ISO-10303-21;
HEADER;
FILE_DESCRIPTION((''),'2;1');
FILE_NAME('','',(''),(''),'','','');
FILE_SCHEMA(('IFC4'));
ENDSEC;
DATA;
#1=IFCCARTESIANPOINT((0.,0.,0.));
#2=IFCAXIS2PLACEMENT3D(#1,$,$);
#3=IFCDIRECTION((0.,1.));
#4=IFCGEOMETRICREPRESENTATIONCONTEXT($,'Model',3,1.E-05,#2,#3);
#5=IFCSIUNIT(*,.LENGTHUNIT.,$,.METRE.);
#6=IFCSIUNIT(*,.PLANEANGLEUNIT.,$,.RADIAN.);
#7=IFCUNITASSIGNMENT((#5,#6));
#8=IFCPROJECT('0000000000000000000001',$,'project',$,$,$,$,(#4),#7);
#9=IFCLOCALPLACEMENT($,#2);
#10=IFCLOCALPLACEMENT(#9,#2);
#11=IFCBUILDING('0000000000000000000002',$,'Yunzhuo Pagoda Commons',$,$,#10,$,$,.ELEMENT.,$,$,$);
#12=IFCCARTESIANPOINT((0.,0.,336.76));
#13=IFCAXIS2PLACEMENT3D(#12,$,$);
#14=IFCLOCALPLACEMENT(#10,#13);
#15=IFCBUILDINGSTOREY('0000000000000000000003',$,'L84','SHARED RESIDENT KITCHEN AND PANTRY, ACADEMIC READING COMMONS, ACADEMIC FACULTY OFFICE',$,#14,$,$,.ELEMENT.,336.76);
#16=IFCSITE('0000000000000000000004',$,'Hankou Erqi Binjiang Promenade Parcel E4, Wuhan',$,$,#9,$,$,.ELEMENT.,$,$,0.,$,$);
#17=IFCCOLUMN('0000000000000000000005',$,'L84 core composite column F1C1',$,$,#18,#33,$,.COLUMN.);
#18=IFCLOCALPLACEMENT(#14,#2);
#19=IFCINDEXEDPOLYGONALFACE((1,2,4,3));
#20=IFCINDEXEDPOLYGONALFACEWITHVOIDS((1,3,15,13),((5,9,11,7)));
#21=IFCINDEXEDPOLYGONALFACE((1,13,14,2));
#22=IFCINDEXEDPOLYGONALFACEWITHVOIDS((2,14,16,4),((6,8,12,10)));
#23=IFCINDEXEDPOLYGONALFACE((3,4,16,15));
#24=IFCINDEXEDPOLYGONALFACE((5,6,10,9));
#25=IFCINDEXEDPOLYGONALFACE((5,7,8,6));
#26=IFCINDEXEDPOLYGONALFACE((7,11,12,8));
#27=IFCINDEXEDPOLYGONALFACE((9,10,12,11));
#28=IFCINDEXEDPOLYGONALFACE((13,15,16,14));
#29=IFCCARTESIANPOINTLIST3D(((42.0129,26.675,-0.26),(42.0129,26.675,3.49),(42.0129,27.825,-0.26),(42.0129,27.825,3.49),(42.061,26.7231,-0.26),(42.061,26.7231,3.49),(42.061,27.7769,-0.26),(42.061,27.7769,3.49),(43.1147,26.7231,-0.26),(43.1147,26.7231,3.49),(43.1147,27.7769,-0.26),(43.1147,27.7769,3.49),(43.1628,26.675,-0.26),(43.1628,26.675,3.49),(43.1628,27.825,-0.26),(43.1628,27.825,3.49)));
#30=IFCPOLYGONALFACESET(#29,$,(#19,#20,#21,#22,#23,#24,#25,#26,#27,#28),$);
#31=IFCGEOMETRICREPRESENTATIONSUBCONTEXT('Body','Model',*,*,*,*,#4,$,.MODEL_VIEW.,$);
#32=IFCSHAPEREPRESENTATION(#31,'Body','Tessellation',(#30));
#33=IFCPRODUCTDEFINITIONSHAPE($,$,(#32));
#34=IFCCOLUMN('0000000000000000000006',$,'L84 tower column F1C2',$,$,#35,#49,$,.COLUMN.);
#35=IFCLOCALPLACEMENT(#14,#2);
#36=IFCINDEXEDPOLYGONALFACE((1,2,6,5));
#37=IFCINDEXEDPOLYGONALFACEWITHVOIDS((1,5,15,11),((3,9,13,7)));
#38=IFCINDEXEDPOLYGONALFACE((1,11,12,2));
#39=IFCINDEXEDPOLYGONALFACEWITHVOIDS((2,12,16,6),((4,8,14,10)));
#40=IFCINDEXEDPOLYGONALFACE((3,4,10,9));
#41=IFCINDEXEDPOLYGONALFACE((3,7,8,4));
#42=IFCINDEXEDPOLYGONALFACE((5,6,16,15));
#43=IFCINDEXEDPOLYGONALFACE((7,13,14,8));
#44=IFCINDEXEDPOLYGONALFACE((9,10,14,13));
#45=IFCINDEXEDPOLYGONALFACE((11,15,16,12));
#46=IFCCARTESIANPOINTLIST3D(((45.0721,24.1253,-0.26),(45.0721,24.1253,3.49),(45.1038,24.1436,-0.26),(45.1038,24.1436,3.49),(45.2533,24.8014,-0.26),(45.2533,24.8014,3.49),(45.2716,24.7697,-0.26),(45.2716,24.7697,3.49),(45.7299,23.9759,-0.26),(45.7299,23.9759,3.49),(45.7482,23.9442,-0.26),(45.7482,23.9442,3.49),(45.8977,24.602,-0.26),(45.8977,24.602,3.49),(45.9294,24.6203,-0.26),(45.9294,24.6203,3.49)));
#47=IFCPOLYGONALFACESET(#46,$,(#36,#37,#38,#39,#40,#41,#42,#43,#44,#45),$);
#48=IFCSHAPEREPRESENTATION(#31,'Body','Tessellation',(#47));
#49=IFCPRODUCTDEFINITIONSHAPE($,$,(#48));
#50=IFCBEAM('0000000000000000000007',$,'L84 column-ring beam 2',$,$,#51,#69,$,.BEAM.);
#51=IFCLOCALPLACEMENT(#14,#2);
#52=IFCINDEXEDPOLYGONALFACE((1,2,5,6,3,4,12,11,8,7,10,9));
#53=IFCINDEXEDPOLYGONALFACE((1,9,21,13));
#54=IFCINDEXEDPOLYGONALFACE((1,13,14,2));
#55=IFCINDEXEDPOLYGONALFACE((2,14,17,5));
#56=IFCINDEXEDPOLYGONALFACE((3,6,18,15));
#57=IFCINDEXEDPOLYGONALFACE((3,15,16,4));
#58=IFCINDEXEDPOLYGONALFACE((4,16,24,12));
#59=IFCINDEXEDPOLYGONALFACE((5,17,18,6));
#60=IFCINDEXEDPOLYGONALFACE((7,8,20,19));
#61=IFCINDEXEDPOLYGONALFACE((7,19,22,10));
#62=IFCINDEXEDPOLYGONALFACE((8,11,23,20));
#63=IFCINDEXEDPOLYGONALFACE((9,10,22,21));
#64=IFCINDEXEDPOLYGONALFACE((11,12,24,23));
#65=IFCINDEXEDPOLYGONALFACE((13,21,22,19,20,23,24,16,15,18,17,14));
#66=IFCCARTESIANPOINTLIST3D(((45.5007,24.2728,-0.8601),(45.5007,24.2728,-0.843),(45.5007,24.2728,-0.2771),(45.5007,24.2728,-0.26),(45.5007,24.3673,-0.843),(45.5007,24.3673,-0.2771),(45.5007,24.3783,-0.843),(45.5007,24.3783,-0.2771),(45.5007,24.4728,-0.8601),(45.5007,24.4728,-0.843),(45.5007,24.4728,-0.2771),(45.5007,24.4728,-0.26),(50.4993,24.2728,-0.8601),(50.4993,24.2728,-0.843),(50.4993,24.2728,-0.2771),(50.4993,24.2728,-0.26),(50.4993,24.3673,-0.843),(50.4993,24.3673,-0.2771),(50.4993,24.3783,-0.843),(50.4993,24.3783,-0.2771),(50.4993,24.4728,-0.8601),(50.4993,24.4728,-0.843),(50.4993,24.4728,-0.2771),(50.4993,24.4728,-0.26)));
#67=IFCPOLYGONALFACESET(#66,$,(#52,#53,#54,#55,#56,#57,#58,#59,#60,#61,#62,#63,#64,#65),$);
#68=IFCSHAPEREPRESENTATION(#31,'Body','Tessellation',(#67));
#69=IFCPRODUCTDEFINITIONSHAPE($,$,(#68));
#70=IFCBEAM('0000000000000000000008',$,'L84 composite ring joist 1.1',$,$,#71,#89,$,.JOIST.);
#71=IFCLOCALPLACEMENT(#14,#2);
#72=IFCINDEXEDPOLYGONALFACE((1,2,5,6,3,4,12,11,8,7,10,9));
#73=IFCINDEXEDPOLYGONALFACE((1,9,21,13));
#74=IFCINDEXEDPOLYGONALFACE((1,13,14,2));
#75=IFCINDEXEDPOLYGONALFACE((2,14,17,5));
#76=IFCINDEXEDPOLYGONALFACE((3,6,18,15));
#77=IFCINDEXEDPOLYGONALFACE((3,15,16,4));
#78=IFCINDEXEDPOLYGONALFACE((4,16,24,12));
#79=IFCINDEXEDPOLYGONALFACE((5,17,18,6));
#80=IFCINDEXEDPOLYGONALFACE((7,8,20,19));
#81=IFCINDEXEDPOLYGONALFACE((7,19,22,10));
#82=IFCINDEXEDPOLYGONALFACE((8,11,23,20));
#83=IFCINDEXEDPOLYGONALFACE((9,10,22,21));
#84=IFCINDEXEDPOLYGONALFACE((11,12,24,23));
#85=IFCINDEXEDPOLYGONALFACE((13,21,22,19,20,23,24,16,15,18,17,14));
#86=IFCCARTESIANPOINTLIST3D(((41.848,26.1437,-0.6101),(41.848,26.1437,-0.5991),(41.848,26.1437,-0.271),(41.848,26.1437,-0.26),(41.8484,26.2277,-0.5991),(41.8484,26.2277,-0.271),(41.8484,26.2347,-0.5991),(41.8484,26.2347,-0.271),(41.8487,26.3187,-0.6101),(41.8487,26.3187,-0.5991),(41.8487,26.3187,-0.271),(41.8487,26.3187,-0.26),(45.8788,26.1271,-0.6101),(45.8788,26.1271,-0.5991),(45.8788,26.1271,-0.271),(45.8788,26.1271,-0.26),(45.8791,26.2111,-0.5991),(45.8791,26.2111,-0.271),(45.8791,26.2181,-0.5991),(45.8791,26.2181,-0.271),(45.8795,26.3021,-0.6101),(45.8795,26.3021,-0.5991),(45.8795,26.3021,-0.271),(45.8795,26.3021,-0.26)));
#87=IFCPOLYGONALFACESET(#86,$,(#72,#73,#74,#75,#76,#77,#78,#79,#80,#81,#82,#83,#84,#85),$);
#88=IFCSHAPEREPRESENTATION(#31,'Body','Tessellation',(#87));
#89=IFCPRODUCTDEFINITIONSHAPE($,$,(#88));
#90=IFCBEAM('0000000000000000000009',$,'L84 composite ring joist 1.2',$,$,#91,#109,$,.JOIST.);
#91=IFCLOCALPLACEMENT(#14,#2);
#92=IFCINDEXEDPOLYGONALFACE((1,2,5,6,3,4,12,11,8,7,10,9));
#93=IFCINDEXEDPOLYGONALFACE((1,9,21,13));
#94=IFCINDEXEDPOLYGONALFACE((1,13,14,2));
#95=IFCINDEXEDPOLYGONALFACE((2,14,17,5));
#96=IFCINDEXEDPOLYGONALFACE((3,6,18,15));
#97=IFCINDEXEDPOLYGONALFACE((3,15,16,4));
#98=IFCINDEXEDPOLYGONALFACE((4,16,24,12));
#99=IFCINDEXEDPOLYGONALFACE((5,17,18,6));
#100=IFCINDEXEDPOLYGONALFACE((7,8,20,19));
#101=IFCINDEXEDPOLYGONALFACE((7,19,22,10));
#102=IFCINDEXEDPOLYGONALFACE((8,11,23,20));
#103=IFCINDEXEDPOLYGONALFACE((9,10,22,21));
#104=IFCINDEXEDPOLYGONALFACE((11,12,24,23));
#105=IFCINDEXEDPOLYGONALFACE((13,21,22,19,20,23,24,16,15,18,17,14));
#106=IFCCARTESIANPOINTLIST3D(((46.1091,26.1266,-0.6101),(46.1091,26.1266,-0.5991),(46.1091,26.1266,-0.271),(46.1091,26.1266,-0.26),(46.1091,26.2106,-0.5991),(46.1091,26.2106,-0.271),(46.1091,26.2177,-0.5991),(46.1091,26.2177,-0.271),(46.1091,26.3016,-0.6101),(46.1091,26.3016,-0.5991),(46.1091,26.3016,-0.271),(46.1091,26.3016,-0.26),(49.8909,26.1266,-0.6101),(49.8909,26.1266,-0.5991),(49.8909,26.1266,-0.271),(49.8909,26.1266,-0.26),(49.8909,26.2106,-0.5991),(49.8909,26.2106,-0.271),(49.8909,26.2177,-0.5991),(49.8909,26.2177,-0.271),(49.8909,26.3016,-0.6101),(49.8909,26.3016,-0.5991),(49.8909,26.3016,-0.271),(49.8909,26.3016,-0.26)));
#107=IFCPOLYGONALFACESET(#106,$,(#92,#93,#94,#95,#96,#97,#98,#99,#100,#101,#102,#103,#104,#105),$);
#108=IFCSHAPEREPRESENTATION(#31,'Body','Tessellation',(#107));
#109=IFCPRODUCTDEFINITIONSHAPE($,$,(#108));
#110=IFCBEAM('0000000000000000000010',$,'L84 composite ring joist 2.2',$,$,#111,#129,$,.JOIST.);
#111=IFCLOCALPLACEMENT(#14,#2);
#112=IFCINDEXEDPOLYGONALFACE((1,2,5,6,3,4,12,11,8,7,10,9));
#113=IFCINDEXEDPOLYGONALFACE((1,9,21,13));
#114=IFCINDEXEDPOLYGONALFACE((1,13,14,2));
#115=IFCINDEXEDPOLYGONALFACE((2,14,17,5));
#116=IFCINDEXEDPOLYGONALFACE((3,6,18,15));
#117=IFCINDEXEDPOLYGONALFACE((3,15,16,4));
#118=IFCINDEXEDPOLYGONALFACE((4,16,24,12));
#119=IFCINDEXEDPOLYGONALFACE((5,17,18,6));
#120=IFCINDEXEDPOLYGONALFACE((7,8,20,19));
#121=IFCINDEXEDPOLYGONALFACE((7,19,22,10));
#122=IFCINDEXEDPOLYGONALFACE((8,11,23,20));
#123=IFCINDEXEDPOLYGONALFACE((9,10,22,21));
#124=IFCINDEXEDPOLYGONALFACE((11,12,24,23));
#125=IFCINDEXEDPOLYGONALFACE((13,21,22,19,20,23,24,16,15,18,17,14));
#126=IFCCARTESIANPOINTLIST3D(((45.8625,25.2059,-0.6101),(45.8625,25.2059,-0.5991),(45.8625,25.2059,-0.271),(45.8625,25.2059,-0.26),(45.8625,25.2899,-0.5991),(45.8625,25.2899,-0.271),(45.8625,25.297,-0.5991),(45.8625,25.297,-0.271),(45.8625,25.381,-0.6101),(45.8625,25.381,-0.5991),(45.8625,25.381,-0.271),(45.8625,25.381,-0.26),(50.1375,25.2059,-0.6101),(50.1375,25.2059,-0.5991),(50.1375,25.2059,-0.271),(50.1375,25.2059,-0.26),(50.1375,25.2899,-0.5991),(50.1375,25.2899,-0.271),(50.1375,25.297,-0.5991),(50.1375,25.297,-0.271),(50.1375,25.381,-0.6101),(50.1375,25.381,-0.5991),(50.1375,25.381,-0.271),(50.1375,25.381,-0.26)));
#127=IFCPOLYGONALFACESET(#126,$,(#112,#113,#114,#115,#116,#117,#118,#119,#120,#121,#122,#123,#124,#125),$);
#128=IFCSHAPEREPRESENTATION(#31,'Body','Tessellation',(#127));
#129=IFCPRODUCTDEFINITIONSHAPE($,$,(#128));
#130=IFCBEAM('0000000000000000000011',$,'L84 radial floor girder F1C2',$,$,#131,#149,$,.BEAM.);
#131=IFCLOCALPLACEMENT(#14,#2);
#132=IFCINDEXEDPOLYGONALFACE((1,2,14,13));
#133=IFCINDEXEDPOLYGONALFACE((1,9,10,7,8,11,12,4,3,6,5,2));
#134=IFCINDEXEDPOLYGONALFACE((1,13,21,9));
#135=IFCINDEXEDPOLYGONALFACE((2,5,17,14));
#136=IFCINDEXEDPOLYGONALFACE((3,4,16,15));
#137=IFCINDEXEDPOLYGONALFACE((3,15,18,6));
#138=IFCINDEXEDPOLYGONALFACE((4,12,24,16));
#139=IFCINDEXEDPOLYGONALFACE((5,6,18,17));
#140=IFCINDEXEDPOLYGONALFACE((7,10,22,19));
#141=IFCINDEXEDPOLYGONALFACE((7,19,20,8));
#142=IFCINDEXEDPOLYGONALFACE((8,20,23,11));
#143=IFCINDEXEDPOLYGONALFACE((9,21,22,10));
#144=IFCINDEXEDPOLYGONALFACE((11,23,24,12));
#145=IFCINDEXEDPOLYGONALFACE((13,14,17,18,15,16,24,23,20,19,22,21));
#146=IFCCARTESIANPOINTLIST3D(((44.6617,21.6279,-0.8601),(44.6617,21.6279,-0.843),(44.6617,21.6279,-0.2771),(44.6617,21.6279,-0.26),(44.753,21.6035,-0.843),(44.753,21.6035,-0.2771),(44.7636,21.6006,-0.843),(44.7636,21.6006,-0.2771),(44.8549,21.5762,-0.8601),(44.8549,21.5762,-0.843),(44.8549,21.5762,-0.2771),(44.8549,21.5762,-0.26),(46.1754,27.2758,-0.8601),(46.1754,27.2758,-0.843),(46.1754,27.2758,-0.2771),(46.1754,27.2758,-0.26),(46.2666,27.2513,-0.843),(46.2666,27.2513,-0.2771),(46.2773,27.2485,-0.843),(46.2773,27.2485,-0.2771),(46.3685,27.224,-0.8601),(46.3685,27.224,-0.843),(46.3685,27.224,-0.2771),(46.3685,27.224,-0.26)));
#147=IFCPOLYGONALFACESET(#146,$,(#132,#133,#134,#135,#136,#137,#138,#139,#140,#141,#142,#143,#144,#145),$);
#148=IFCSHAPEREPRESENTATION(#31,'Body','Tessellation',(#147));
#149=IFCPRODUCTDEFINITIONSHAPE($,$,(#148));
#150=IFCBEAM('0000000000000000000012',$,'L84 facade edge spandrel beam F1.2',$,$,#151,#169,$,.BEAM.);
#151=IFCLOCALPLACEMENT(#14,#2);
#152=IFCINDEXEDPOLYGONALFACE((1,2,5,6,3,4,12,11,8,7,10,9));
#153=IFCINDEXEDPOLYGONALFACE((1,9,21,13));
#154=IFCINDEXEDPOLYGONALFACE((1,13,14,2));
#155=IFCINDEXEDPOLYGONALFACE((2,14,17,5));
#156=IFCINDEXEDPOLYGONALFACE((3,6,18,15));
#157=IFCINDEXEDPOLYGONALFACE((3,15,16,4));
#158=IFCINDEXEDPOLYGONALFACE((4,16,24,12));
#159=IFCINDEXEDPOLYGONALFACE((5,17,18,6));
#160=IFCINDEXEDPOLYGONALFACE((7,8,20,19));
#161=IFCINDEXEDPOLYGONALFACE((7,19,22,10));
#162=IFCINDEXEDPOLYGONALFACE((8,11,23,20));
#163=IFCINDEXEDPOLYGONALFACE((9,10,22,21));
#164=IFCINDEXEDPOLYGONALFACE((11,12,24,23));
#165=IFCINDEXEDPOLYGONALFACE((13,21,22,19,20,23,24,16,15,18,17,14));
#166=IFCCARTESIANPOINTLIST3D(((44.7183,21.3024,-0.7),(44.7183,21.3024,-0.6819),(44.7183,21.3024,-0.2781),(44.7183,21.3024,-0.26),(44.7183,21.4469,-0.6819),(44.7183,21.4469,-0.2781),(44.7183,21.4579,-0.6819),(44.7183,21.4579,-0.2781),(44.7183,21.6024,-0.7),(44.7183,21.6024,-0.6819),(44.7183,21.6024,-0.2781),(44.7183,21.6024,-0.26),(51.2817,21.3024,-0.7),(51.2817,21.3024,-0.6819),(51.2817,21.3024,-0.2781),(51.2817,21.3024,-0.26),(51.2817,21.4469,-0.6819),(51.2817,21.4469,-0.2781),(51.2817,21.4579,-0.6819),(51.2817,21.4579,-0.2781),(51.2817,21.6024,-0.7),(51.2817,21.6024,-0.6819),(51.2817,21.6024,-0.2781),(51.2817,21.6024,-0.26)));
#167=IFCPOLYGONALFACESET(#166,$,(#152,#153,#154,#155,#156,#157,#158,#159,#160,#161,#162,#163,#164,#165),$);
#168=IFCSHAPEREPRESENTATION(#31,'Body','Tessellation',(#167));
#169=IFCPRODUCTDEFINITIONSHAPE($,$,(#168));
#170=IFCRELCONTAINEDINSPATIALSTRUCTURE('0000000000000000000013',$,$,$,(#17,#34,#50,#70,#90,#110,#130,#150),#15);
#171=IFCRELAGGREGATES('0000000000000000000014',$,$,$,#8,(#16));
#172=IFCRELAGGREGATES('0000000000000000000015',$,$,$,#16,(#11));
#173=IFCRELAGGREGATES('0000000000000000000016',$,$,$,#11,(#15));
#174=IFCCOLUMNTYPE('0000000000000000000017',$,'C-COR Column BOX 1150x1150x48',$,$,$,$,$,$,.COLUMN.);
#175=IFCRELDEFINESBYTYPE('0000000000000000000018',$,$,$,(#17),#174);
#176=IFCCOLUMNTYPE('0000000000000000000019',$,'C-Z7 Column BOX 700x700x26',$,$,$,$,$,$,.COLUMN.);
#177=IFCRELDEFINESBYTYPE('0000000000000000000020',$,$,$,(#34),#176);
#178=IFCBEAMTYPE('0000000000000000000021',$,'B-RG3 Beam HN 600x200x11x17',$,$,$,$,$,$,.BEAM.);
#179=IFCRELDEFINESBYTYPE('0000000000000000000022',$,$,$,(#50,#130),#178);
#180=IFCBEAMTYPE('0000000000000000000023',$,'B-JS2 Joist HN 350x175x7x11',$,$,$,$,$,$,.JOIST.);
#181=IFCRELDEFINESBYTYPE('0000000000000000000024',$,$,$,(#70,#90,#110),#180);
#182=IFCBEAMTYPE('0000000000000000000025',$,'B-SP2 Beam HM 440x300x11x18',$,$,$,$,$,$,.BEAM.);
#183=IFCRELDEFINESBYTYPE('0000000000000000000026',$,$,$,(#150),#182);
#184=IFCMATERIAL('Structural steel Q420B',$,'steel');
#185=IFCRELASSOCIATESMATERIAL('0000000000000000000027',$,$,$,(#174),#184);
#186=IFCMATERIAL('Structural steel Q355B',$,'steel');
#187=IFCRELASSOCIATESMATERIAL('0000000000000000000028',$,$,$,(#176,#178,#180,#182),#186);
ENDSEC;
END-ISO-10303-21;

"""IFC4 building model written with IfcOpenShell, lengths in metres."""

from ifc_helpers import new_model, si_unit, direction, frame, origin, origin_2d, place, context, subcontext, project, spatial, hollow_rectangle, i_section, extrude, source, transform, mapped, material, material_profile, profile_set, type_object, element, save


model = new_model("IFC4")

# Units and contexts
model_context = context("Model", 3, precision=1e-05, world=origin(), true_north=direction((0.0, 1.0)))
body_context = subcontext(model_context, "Body", "Model", "MODEL_VIEW")
ifc_project = project(units=[si_unit("LENGTHUNIT", "METRE"), si_unit("PLANEANGLEUNIT", "RADIAN")], contexts=[model_context])

# Site, building, storey
site_placement = place(None, origin())
site = spatial("IfcSite", under=ifc_project, at=site_placement, Name="Hankou Erqi Binjiang Promenade Parcel E4, Wuhan", CompositionType="ELEMENT", RefElevation=0.0)
building_placement = place(site_placement, origin())
building = spatial("IfcBuilding", under=site, at=building_placement, Name="Yunzhuo Pagoda Commons", CompositionType="ELEMENT")
storey_placement = place(building_placement, frame((0.0, 0.0, 336.76)))
storey = spatial("IfcBuildingStorey", under=building, at=storey_placement, Name="L84", Description="SHARED RESIDENT KITCHEN AND PANTRY, ACADEMIC READING COMMONS, ACADEMIC FACULTY OFFICE", CompositionType="ELEMENT", Elevation=336.76)

# Columns
ifc_material_1 = material(Name="Structural steel Q420B", Category="steel")
ifc_material_profile_1 = material_profile(ifc_material_1, hollow_rectangle(XDim=1.1499, YDim=1.1499, WallThickness=0.0481, at=origin_2d()), Name="Structural steel Q420B")
ifc_profile_set_1 = profile_set([ifc_material_profile_1], Name="Structural steel Q420B")
column_type_1 = type_object("IfcColumnType", Name="C-COR Column BOX 1150x1150x48", PredefinedType="COLUMN", material=ifc_profile_set_1)
shared_shape_1 = source(origin(), body_context, "Body", "SweptSolid", [
    extrude(hollow_rectangle(XDim=1.1499, YDim=1.1499, WallThickness=0.0481, at=origin_2d()), origin(), (0.0, 0.0, 1.0), 3.75),
])
column_1_placement = place(storey_placement, frame((42.5879, 27.25, -0.26), z_axis=(0.0, 0.0, 1.0), x_axis=(1.0, 0.0, 0.0)))
element("IfcColumn", 1, at=column_1_placement, inside=storey, type_object=column_type_1, Name="L84 core composite column F1C1", PredefinedType="COLUMN", context=body_context, shape_type="MappedRepresentation", body=[
    mapped(shared_shape_1, transform((0.0, 0.0, 0.0), scale=1.0)),
])
ifc_material_2 = material(Name="Structural steel Q355B", Category="steel")
ifc_material_profile_2 = material_profile(ifc_material_2, hollow_rectangle(XDim=0.7, YDim=0.7, WallThickness=0.0259, at=origin_2d()), Name="Structural steel Q355B")
ifc_profile_set_2 = profile_set([ifc_material_profile_2], Name="Structural steel Q355B")
column_type_2 = type_object("IfcColumnType", Name="C-Z7 Column BOX 700x700x26", PredefinedType="COLUMN", material=ifc_profile_set_2)
shared_shape_2 = source(origin(), body_context, "Body", "SweptSolid", [
    extrude(hollow_rectangle(XDim=0.7, YDim=0.7, WallThickness=0.0259, at=origin_2d()), origin(), (0.0, 0.0, 1.0), 3.75),
])
column_2_placement = place(storey_placement, frame((45.5007, 24.3728, -0.26), z_axis=(0.0, 0.0, 1.0), x_axis=(0.965926, -0.258819, 0.0)))
element("IfcColumn", 2, at=column_2_placement, inside=storey, type_object=column_type_2, Name="L84 tower column F1C2", PredefinedType="COLUMN", context=body_context, shape_type="MappedRepresentation", body=[
    mapped(shared_shape_2, transform((0.0, 0.0, 0.0), scale=1.0)),
])

# Beams
ifc_material_profile_3 = material_profile(ifc_material_2, i_section(OverallWidth=0.2, OverallDepth=0.6001, WebThickness=0.011, FlangeThickness=0.0171, at=origin_2d()), Name="Structural steel Q355B")
ifc_profile_set_3 = profile_set([ifc_material_profile_3], Name="Structural steel Q355B")
beam_type_1 = type_object("IfcBeamType", Name="B-RG3 Beam HN 600x200x11x17", PredefinedType="BEAM", material=ifc_profile_set_3)
shared_shape_3 = source(origin(), body_context, "Body", "SweptSolid", [
    extrude(i_section(OverallWidth=0.2, OverallDepth=0.6001, WebThickness=0.011, FlangeThickness=0.0171, at=origin_2d()), origin(), (0.0, 0.0, 1.0), 4.9985),
])
beam_1_placement = place(storey_placement, frame((45.5007, 24.3728, -0.5601), z_axis=(1.0, 0.0, 0.0), x_axis=(0.0, 1.0, 0.0)))
element("IfcBeam", 3, at=beam_1_placement, inside=storey, type_object=beam_type_1, Name="L84 column-ring beam 2", PredefinedType="BEAM", context=body_context, shape_type="MappedRepresentation", body=[
    mapped(shared_shape_3, transform((0.0, 0.0, 0.0), scale=1.0)),
])
ifc_material_profile_4 = material_profile(ifc_material_2, i_section(OverallWidth=0.175, OverallDepth=0.3501, WebThickness=0.0071, FlangeThickness=0.011, at=origin_2d()), Name="Structural steel Q355B")
ifc_profile_set_4 = profile_set([ifc_material_profile_4], Name="Structural steel Q355B")
beam_type_2 = type_object("IfcBeamType", Name="B-JS2 Joist HN 350x175x7x11", PredefinedType="JOIST", material=ifc_profile_set_4)
shared_shape_4 = source(origin(), body_context, "Body", "SweptSolid", [
    extrude(i_section(OverallWidth=0.175, OverallDepth=0.3501, WebThickness=0.0071, FlangeThickness=0.011, at=origin_2d()), origin(), (0.0, 0.0, 1.0), 4.0308),
])
beam_2_placement = place(storey_placement, frame((41.8484, 26.2312, -0.4351), z_axis=(0.999992, -0.004119, 0.0), x_axis=(0.004119, 0.999992, 0.0)))
element("IfcBeam", 4, at=beam_2_placement, inside=storey, type_object=beam_type_2, Name="L84 composite ring joist 1.1", PredefinedType="JOIST", context=body_context, shape_type="MappedRepresentation", body=[
    mapped(shared_shape_4, transform((0.0, 0.0, 0.0), scale=1.0)),
])
shared_shape_5 = source(origin(), body_context, "Body", "SweptSolid", [
    extrude(i_section(OverallWidth=0.175, OverallDepth=0.3501, WebThickness=0.0071, FlangeThickness=0.011, at=origin_2d()), origin(), (0.0, 0.0, 1.0), 3.7817),
])
beam_3_placement = place(storey_placement, frame((46.1091, 26.2141, -0.4351), z_axis=(1.0, 0.0, 0.0), x_axis=(0.0, 1.0, 0.0)))
element("IfcBeam", 5, at=beam_3_placement, inside=storey, type_object=beam_type_2, Name="L84 composite ring joist 1.2", PredefinedType="JOIST", context=body_context, shape_type="MappedRepresentation", body=[
    mapped(shared_shape_5, transform((0.0, 0.0, 0.0), scale=1.0)),
])
shared_shape_6 = source(origin(), body_context, "Body", "SweptSolid", [
    extrude(i_section(OverallWidth=0.175, OverallDepth=0.3501, WebThickness=0.0071, FlangeThickness=0.011, at=origin_2d()), origin(), (0.0, 0.0, 1.0), 4.2749),
])
beam_4_placement = place(storey_placement, frame((45.8625, 25.2935, -0.4351), z_axis=(1.0, 0.0, 0.0), x_axis=(0.0, 1.0, 0.0)))
element("IfcBeam", 6, at=beam_4_placement, inside=storey, type_object=beam_type_2, Name="L84 composite ring joist 2.2", PredefinedType="JOIST", context=body_context, shape_type="MappedRepresentation", body=[
    mapped(shared_shape_6, transform((0.0, 0.0, 0.0), scale=1.0)),
])
shared_shape_7 = source(origin(), body_context, "Body", "SweptSolid", [
    extrude(i_section(OverallWidth=0.2, OverallDepth=0.6001, WebThickness=0.011, FlangeThickness=0.0171, at=origin_2d()), origin(), (0.0, 0.0, 1.0), 5.8472),
])
beam_5_placement = place(storey_placement, frame((44.7583, 21.6021, -0.5601), z_axis=(0.258868, 0.965913, 0.0), x_axis=(-0.965913, 0.258868, 0.0)))
element("IfcBeam", 7, at=beam_5_placement, inside=storey, type_object=beam_type_1, Name="L84 radial floor girder F1C2", PredefinedType="BEAM", context=body_context, shape_type="MappedRepresentation", body=[
    mapped(shared_shape_7, transform((0.0, 0.0, 0.0), scale=1.0)),
])
ifc_material_profile_5 = material_profile(ifc_material_2, i_section(OverallWidth=0.3, OverallDepth=0.4399, WebThickness=0.011, FlangeThickness=0.0181, at=origin_2d()), Name="Structural steel Q355B")
ifc_profile_set_5 = profile_set([ifc_material_profile_5], Name="Structural steel Q355B")
beam_type_3 = type_object("IfcBeamType", Name="B-SP2 Beam HM 440x300x11x18", PredefinedType="BEAM", material=ifc_profile_set_5)
shared_shape_8 = source(origin(), body_context, "Body", "SweptSolid", [
    extrude(i_section(OverallWidth=0.3, OverallDepth=0.4399, WebThickness=0.011, FlangeThickness=0.0181, at=origin_2d()), origin(), (0.0, 0.0, 1.0), 6.5635),
])
beam_6_placement = place(storey_placement, frame((44.7183, 21.4524, -0.48), z_axis=(1.0, 0.0, 0.0), x_axis=(0.0, 1.0, 0.0)))
element("IfcBeam", 8, at=beam_6_placement, inside=storey, type_object=beam_type_3, Name="L84 facade edge spandrel beam F1.2", PredefinedType="BEAM", context=body_context, shape_type="MappedRepresentation", body=[
    mapped(shared_shape_8, transform((0.0, 0.0, 0.0), scale=1.0)),
])

save(model, "model.ifc")
